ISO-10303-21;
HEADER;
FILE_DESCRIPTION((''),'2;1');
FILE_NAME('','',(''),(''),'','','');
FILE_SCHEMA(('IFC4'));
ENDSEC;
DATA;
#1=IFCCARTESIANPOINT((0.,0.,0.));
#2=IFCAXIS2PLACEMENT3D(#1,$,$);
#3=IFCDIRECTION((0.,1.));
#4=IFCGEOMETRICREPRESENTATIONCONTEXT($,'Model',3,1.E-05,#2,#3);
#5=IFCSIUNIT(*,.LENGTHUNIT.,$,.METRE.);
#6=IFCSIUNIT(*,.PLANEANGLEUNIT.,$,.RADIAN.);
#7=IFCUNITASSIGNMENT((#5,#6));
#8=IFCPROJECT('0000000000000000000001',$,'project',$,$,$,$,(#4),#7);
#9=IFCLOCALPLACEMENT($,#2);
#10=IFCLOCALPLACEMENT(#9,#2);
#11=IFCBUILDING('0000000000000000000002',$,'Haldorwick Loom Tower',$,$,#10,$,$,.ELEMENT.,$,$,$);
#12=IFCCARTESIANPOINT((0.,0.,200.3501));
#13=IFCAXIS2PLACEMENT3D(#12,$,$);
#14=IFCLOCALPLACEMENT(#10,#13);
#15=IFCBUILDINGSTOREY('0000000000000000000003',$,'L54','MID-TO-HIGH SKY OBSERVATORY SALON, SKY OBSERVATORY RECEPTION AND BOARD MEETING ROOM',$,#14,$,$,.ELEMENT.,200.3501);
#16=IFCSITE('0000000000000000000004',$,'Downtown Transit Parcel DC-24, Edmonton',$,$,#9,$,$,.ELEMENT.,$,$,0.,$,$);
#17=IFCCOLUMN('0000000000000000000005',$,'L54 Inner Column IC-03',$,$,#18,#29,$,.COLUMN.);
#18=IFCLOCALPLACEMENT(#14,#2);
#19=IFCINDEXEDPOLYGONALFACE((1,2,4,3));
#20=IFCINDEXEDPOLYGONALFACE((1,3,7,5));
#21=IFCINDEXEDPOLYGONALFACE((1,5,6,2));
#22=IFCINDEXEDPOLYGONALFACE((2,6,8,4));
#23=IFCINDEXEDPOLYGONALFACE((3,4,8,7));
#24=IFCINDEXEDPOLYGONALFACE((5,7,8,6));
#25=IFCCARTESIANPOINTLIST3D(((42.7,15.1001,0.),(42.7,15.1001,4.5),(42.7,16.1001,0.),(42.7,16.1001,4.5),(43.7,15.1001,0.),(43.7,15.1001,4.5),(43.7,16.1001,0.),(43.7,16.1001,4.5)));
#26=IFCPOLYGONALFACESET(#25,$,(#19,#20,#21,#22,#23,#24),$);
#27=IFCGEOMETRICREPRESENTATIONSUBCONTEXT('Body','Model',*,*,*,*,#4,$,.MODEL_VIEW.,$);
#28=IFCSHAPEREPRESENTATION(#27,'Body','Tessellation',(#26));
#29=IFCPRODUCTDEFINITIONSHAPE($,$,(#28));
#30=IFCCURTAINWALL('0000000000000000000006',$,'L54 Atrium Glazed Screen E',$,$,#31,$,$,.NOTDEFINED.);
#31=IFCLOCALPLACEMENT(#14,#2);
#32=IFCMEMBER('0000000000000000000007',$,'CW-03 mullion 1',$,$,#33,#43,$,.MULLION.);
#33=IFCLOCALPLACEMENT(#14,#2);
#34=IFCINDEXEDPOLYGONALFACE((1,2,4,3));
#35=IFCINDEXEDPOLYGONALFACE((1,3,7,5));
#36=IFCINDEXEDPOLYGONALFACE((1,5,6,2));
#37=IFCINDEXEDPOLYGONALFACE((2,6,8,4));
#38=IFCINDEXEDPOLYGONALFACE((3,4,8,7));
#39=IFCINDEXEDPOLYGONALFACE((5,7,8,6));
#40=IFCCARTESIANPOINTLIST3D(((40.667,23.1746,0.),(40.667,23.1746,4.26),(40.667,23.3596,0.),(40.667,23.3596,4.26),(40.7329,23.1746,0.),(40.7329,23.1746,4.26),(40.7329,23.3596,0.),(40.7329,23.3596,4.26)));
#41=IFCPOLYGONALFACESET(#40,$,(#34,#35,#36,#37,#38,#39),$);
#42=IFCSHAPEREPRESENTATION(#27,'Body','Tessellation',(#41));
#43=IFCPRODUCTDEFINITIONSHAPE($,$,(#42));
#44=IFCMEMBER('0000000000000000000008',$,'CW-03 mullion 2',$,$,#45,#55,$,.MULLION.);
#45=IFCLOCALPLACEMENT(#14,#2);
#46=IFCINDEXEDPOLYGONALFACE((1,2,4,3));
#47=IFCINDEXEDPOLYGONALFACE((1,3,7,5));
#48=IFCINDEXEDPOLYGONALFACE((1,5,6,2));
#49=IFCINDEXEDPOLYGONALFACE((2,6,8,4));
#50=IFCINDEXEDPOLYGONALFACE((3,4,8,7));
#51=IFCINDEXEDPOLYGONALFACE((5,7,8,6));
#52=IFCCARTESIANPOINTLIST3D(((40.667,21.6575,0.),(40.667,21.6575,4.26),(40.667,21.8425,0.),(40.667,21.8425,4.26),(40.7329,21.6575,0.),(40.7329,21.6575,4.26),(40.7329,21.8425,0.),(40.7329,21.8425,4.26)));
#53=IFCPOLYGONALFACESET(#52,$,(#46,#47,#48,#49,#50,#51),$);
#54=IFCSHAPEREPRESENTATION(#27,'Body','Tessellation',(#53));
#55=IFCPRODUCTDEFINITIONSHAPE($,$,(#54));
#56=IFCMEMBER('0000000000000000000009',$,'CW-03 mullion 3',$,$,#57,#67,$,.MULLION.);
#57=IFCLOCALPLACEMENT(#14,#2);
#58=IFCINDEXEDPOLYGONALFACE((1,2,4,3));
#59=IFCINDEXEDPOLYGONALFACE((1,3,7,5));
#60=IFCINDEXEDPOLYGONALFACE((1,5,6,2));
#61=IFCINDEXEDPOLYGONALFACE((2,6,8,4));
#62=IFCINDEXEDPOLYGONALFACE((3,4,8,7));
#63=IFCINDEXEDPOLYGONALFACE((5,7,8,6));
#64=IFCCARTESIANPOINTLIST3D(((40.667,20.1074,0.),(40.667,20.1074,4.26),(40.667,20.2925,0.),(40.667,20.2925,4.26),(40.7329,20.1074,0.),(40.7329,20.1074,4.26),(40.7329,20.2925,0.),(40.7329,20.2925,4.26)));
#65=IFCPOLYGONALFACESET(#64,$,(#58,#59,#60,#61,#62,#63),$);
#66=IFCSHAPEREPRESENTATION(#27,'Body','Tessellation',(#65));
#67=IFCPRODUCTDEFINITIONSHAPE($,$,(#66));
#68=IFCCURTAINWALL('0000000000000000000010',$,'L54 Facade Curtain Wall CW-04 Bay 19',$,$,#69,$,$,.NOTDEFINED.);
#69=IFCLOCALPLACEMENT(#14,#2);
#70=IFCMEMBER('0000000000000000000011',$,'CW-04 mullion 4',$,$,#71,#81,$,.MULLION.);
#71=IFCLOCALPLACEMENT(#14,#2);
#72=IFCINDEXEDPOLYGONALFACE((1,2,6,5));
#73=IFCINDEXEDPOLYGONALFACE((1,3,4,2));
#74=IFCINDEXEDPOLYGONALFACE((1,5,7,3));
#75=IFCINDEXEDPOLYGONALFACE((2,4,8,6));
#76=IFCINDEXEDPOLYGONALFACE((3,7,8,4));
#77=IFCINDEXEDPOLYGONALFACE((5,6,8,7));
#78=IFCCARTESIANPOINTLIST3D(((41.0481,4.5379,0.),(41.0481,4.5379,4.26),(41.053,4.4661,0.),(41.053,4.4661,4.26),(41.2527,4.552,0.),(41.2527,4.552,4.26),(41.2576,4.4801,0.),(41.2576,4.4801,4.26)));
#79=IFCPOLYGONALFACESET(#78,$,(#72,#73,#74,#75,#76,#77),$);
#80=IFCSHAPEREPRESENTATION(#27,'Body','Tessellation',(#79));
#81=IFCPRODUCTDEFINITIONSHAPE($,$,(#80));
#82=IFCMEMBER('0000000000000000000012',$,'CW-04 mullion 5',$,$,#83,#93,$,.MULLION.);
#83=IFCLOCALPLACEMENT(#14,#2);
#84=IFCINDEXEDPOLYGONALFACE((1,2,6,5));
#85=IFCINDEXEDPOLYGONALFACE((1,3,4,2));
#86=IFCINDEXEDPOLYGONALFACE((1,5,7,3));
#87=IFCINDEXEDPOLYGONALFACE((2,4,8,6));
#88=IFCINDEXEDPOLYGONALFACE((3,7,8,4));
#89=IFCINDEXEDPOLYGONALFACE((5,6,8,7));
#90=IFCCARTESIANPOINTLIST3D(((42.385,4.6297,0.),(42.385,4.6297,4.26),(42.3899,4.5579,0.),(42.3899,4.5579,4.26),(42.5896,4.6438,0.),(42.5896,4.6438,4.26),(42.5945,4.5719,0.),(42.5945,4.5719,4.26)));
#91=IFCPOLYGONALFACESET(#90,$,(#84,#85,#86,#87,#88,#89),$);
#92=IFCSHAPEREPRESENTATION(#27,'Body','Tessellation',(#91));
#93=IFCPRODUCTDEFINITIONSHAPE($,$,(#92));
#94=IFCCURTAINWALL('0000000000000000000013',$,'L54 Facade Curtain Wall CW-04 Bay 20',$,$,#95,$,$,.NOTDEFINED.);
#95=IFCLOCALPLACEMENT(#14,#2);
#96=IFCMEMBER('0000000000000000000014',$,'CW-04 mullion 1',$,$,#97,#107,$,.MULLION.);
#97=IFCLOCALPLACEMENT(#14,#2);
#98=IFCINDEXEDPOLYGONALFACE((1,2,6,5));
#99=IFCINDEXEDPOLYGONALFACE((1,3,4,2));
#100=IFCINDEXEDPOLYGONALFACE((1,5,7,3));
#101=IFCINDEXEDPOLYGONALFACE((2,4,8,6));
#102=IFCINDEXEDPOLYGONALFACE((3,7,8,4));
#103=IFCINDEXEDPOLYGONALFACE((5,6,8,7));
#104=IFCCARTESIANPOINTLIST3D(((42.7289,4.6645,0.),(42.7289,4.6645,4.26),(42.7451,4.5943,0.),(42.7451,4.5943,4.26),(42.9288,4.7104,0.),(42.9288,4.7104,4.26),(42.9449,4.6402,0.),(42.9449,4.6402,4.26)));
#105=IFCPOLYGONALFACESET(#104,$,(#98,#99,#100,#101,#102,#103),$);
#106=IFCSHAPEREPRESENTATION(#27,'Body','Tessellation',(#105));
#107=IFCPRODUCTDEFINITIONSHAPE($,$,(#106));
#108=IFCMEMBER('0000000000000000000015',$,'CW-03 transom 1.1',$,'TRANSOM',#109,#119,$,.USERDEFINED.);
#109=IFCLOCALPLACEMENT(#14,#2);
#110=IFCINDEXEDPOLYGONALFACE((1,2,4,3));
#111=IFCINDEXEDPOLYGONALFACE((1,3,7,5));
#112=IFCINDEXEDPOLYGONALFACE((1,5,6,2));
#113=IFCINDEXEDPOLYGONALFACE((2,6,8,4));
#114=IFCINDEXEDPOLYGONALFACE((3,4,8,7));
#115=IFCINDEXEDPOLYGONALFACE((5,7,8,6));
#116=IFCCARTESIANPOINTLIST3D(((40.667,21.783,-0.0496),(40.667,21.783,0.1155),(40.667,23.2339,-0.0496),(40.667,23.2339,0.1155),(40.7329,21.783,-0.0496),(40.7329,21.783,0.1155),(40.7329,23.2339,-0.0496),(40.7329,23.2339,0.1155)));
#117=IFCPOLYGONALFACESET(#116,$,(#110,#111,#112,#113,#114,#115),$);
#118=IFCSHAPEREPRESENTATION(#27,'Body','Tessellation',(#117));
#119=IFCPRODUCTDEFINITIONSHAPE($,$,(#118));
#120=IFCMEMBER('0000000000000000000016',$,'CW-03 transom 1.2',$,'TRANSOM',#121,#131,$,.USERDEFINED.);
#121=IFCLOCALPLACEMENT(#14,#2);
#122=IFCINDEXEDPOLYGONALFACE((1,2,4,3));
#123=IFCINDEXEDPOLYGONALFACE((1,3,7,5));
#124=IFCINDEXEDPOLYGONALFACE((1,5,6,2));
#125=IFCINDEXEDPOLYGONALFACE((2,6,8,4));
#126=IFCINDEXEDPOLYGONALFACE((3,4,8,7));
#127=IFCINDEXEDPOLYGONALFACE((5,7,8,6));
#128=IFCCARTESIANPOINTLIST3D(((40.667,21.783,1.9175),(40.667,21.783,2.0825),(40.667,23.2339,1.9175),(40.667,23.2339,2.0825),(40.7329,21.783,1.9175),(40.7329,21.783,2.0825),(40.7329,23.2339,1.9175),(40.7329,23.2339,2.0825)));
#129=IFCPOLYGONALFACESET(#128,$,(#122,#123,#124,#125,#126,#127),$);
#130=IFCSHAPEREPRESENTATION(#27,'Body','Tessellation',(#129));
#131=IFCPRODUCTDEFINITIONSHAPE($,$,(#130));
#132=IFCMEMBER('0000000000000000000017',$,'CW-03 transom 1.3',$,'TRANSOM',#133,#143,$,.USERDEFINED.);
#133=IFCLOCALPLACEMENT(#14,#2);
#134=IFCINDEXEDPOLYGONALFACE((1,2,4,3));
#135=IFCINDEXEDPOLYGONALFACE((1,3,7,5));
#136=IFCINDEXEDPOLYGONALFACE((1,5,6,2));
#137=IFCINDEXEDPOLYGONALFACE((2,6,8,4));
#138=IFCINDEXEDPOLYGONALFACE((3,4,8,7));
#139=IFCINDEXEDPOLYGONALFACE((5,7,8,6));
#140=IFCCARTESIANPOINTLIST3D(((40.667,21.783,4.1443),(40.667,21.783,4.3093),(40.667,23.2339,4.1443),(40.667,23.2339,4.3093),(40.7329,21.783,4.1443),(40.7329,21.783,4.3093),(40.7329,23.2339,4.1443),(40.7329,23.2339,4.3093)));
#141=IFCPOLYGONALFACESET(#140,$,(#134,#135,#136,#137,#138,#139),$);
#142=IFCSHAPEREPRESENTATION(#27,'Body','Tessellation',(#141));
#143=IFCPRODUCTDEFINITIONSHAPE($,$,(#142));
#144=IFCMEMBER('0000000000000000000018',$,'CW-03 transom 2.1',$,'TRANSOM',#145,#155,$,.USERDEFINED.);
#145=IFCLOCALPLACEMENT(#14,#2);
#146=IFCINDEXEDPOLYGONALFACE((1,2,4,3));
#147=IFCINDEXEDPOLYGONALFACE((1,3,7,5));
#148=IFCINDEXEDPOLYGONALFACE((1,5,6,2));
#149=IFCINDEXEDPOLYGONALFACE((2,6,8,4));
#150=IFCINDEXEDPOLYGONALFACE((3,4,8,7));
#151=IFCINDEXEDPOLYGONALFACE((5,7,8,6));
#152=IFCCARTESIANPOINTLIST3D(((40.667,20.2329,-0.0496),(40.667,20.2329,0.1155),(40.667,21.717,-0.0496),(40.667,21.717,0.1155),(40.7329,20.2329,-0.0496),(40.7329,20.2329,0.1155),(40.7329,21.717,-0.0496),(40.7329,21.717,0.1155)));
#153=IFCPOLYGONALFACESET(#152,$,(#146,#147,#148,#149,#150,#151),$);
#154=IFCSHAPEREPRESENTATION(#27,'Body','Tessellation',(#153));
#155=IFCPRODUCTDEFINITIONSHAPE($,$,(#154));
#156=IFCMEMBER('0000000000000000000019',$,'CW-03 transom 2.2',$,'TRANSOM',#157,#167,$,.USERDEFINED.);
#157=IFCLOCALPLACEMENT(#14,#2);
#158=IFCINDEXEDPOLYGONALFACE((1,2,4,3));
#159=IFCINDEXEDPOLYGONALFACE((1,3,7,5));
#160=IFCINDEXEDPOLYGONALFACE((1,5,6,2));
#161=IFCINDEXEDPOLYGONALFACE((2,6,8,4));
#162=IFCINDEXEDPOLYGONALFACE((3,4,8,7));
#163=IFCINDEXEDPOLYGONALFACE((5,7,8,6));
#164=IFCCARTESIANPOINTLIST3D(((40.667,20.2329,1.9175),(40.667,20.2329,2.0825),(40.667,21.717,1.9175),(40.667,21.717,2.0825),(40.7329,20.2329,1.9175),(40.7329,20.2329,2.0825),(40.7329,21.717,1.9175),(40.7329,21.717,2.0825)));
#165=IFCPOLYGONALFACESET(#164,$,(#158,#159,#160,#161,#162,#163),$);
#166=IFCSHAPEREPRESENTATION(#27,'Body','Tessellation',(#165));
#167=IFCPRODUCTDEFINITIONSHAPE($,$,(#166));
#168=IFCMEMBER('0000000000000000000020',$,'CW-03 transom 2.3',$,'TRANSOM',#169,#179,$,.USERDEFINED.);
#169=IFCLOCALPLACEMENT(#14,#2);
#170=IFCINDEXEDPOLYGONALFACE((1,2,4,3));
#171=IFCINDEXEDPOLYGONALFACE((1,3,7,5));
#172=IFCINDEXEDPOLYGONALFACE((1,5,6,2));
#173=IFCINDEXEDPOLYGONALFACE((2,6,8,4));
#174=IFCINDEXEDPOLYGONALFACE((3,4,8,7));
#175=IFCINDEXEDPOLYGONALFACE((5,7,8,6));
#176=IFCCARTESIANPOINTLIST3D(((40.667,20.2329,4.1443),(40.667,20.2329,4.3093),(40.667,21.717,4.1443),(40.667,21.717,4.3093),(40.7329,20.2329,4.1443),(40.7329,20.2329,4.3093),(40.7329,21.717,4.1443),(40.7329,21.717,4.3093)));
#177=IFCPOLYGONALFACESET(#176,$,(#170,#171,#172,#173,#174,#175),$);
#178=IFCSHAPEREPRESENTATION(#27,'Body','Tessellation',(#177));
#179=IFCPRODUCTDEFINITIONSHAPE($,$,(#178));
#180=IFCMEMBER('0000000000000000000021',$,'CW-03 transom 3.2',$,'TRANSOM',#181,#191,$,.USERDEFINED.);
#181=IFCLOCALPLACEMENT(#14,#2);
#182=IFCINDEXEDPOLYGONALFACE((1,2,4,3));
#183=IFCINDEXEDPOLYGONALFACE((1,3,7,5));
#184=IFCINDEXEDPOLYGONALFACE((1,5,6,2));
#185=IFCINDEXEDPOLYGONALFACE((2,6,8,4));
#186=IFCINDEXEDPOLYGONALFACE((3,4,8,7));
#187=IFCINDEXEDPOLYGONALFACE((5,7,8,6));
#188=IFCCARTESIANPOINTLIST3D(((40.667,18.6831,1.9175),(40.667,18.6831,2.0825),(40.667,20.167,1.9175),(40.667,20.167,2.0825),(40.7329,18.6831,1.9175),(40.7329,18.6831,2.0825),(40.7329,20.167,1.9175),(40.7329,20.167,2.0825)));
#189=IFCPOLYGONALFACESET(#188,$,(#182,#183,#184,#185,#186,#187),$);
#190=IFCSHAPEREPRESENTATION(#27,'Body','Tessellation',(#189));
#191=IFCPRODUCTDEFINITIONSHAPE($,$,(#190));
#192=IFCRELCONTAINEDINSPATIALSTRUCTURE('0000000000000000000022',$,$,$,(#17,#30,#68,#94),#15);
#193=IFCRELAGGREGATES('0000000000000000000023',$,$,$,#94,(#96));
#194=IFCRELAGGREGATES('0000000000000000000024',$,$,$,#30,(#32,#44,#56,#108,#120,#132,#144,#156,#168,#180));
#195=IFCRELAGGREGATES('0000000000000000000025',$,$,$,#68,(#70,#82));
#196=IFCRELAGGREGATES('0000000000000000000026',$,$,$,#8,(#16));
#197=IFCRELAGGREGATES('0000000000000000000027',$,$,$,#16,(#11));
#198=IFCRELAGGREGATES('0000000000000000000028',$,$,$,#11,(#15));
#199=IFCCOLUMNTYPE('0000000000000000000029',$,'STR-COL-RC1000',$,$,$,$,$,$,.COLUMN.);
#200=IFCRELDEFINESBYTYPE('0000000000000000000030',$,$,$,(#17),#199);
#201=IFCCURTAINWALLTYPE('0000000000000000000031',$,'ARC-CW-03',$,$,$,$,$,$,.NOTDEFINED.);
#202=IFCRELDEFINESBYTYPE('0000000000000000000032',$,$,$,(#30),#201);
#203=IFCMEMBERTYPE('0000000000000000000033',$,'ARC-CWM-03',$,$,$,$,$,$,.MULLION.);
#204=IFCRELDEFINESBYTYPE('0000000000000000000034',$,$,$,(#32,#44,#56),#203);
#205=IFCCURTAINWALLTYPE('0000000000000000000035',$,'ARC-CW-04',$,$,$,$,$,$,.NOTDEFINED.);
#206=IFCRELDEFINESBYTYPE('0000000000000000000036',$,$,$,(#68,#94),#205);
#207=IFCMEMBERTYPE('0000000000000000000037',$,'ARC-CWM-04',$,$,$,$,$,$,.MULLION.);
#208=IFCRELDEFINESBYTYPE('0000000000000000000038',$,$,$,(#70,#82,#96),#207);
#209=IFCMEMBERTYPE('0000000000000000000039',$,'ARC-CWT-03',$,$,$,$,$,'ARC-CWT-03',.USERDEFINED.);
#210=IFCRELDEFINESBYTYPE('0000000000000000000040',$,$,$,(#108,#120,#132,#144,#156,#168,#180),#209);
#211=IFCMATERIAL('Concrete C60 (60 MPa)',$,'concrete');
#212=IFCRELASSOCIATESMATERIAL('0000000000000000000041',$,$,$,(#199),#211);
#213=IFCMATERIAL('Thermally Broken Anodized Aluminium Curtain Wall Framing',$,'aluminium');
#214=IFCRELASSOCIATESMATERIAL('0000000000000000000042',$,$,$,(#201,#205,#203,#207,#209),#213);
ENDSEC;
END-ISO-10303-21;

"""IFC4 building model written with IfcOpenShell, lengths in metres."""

from ifc_helpers import new_model, si_unit, direction, frame, origin, origin_2d, place, context, subcontext, project, spatial, rectangle, extrude, material, material_profile, profile_set, type_object, element, aggregate, save


model = new_model("IFC4")

# Units and contexts
model_context = context("Model", 3, precision=1e-05, world=origin(), true_north=direction((0.0, 1.0)))
body_context = subcontext(model_context, "Body", "Model", "MODEL_VIEW")
ifc_project = project(units=[si_unit("LENGTHUNIT", "METRE"), si_unit("PLANEANGLEUNIT", "RADIAN")], contexts=[model_context])

# Site, building, storey
site_placement = place(None, origin())
site = spatial("IfcSite", under=ifc_project, at=site_placement, Name="Downtown Transit Parcel DC-24, Edmonton", CompositionType="ELEMENT", RefElevation=0.0)
building_placement = place(site_placement, origin())
building = spatial("IfcBuilding", under=site, at=building_placement, Name="Haldorwick Loom Tower", CompositionType="ELEMENT")
storey_placement = place(building_placement, frame((0.0, 0.0, 200.3501)))
storey = spatial("IfcBuildingStorey", under=building, at=storey_placement, Name="L54", Description="MID-TO-HIGH SKY OBSERVATORY SALON, SKY OBSERVATORY RECEPTION AND BOARD MEETING ROOM", CompositionType="ELEMENT", Elevation=200.3501)

# Column
ifc_material_1 = material(Name="Concrete C60 (60 MPa)", Category="concrete")
ifc_material_profile_1 = material_profile(ifc_material_1, rectangle(XDim=1.0, YDim=1.0, at=origin_2d()), Name="RC1000X1000", Category="concrete")
ifc_profile_set_1 = profile_set([ifc_material_profile_1], Name="Concrete C60 (60 MPa)")
column_type = type_object("IfcColumnType", Name="STR-COL-RC1000", PredefinedType="COLUMN", material=ifc_profile_set_1)
column_placement = place(storey_placement, frame((43.2, 15.6001, 0.0), z_axis=(0.0, 0.0, 1.0), x_axis=(1.0, 0.0, 0.0)))
element("IfcColumn", 1, at=column_placement, inside=storey, type_object=column_type, Name="L54 Inner Column IC-03", PredefinedType="COLUMN", context=body_context, shape_type="SweptSolid", body=[
    extrude(rectangle(XDim=1.0, YDim=1.0, at=origin_2d()), origin(), (0.0, 0.0, 1.0), 4.5),
])

# Curtain walls, members
ifc_material_2 = material(Name="Thermally Broken Anodized Aluminium Curtain Wall Framing", Category="aluminium")
curtain_wall_type_1 = type_object("IfcCurtainWallType", Name="ARC-CW-03", PredefinedType="NOTDEFINED", material=ifc_material_2)
curtain_wall_1_placement = place(storey_placement, origin())
curtain_wall_1 = element("IfcCurtainWall", 2, at=curtain_wall_1_placement, inside=storey, type_object=curtain_wall_type_1, Name="L54 Atrium Glazed Screen E", PredefinedType="NOTDEFINED")
ifc_material_profile_2 = material_profile(ifc_material_2, rectangle(XDim=0.0659, YDim=0.1851, at=origin_2d()), Name="ALU_MUL_66X185", Category="aluminium")
ifc_profile_set_2 = profile_set([ifc_material_profile_2], Name="Thermally Broken Anodized Aluminium Curtain Wall Framing")
member_type_1 = type_object("IfcMemberType", Name="ARC-CWM-03", PredefinedType="MULLION", material=ifc_profile_set_2)
member_1_placement = place(storey_placement, frame((40.7, 23.2671, 0.0), z_axis=(0.0, 0.0, 1.0), x_axis=(1.0, 0.0, 0.0)))
member_1 = element("IfcMember", 3, at=member_1_placement, type_object=member_type_1, Name="CW-03 mullion 1", PredefinedType="MULLION", context=body_context, shape_type="SweptSolid", body=[
    extrude(rectangle(XDim=0.0659, YDim=0.1851, at=origin_2d()), origin(), (0.0, 0.0, 1.0), 4.26),
])
member_2_placement = place(storey_placement, frame((40.7, 21.75, 0.0), z_axis=(0.0, 0.0, 1.0), x_axis=(1.0, 0.0, 0.0)))
member_2 = element("IfcMember", 4, at=member_2_placement, type_object=member_type_1, Name="CW-03 mullion 2", PredefinedType="MULLION", context=body_context, shape_type="SweptSolid", body=[
    extrude(rectangle(XDim=0.0659, YDim=0.1851, at=origin_2d()), origin(), (0.0, 0.0, 1.0), 4.26),
])
member_3_placement = place(storey_placement, frame((40.7, 20.2, 0.0), z_axis=(0.0, 0.0, 1.0), x_axis=(1.0, 0.0, 0.0)))
member_3 = element("IfcMember", 5, at=member_3_placement, type_object=member_type_1, Name="CW-03 mullion 3", PredefinedType="MULLION", context=body_context, shape_type="SweptSolid", body=[
    extrude(rectangle(XDim=0.0659, YDim=0.1851, at=origin_2d()), origin(), (0.0, 0.0, 1.0), 4.26),
])
curtain_wall_type_2 = type_object("IfcCurtainWallType", Name="ARC-CW-04", PredefinedType="NOTDEFINED", material=ifc_material_2)
curtain_wall_2_placement = place(storey_placement, origin())
curtain_wall_2 = element("IfcCurtainWall", 6, at=curtain_wall_2_placement, inside=storey, type_object=curtain_wall_type_2, Name="L54 Facade Curtain Wall CW-04 Bay 19", PredefinedType="NOTDEFINED")
ifc_material_profile_3 = material_profile(ifc_material_2, rectangle(XDim=0.072, YDim=0.2051, at=origin_2d()), Name="ALU_MUL_72X205", Category="aluminium")
ifc_profile_set_3 = profile_set([ifc_material_profile_3], Name="Thermally Broken Anodized Aluminium Curtain Wall Framing")
member_type_2 = type_object("IfcMemberType", Name="ARC-CWM-04", PredefinedType="MULLION", material=ifc_profile_set_3)
member_4_placement = place(storey_placement, frame((41.1528, 4.509, 0.0), z_axis=(0.0, 0.0, 1.0), x_axis=(-0.068513, 0.99765, 0.0)))
member_4 = element("IfcMember", 7, at=member_4_placement, type_object=member_type_2, Name="CW-04 mullion 4", PredefinedType="MULLION", context=body_context, shape_type="SweptSolid", body=[
    extrude(rectangle(XDim=0.072, YDim=0.2051, at=origin_2d()), origin(), (0.0, 0.0, 1.0), 4.26),
])
member_5_placement = place(storey_placement, frame((42.4897, 4.6008, 0.0), z_axis=(0.0, 0.0, 1.0), x_axis=(-0.068513, 0.99765, 0.0)))
member_5 = element("IfcMember", 8, at=member_5_placement, type_object=member_type_2, Name="CW-04 mullion 5", PredefinedType="MULLION", context=body_context, shape_type="SweptSolid", body=[
    extrude(rectangle(XDim=0.072, YDim=0.2051, at=origin_2d()), origin(), (0.0, 0.0, 1.0), 4.26),
])

# Curtain wall, member
curtain_wall_3_placement = place(storey_placement, origin())
curtain_wall_3 = element("IfcCurtainWall", 9, at=curtain_wall_3_placement, inside=storey, type_object=curtain_wall_type_2, Name="L54 Facade Curtain Wall CW-04 Bay 20", PredefinedType="NOTDEFINED")
member_6_placement = place(storey_placement, frame((42.8369, 4.6523, 0.0), z_axis=(0.0, 0.0, 1.0), x_axis=(-0.224142, 0.974557, 0.0)))
member_6 = element("IfcMember", 10, at=member_6_placement, type_object=member_type_2, Name="CW-04 mullion 1", PredefinedType="MULLION", context=body_context, shape_type="SweptSolid", body=[
    extrude(rectangle(XDim=0.072, YDim=0.2051, at=origin_2d()), origin(), (0.0, 0.0, 1.0), 4.26),
])

# Members
ifc_material_profile_4 = material_profile(ifc_material_2, rectangle(XDim=0.0659, YDim=0.165, at=origin_2d()), Name="ALU_TRN_66X165", Category="aluminium")
ifc_profile_set_4 = profile_set([ifc_material_profile_4], Name="Thermally Broken Anodized Aluminium Curtain Wall Framing")
member_type_3 = type_object("IfcMemberType", Name="ARC-CWT-03", ElementType="ARC-CWT-03", PredefinedType="USERDEFINED", material=ifc_profile_set_4)
member_7_placement = place(storey_placement, frame((40.7, 23.2339, 0.033), z_axis=(0.0, -1.0, 0.0), x_axis=(1.0, 0.0, 0.0)))
member_7 = element("IfcMember", 11, at=member_7_placement, type_object=member_type_3, Name="CW-03 transom 1.1", ObjectType="TRANSOM", PredefinedType="USERDEFINED", context=body_context, shape_type="SweptSolid", body=[
    extrude(rectangle(XDim=0.0659, YDim=0.165, at=origin_2d()), origin(), (0.0, 0.0, 1.0), 1.4509),
])
member_8_placement = place(storey_placement, frame((40.7, 23.2339, 2.0), z_axis=(0.0, -1.0, 0.0), x_axis=(1.0, 0.0, 0.0)))
member_8 = element("IfcMember", 12, at=member_8_placement, type_object=member_type_3, Name="CW-03 transom 1.2", ObjectType="TRANSOM", PredefinedType="USERDEFINED", context=body_context, shape_type="SweptSolid", body=[
    extrude(rectangle(XDim=0.0659, YDim=0.165, at=origin_2d()), origin(), (0.0, 0.0, 1.0), 1.4509),
])
member_9_placement = place(storey_placement, frame((40.7, 23.2339, 4.2268), z_axis=(0.0, -1.0, 0.0), x_axis=(1.0, 0.0, 0.0)))
member_9 = element("IfcMember", 13, at=member_9_placement, type_object=member_type_3, Name="CW-03 transom 1.3", ObjectType="TRANSOM", PredefinedType="USERDEFINED", context=body_context, shape_type="SweptSolid", body=[
    extrude(rectangle(XDim=0.0659, YDim=0.165, at=origin_2d()), origin(), (0.0, 0.0, 1.0), 1.4509),
])
member_10_placement = place(storey_placement, frame((40.7, 21.717, 0.033), z_axis=(0.0, -1.0, 0.0), x_axis=(1.0, 0.0, 0.0)))
member_10 = element("IfcMember", 14, at=member_10_placement, type_object=member_type_3, Name="CW-03 transom 2.1", ObjectType="TRANSOM", PredefinedType="USERDEFINED", context=body_context, shape_type="SweptSolid", body=[
    extrude(rectangle(XDim=0.0659, YDim=0.165, at=origin_2d()), origin(), (0.0, 0.0, 1.0), 1.4841),
])
member_11_placement = place(storey_placement, frame((40.7, 21.717, 2.0), z_axis=(0.0, -1.0, 0.0), x_axis=(1.0, 0.0, 0.0)))
member_11 = element("IfcMember", 15, at=member_11_placement, type_object=member_type_3, Name="CW-03 transom 2.2", ObjectType="TRANSOM", PredefinedType="USERDEFINED", context=body_context, shape_type="SweptSolid", body=[
    extrude(rectangle(XDim=0.0659, YDim=0.165, at=origin_2d()), origin(), (0.0, 0.0, 1.0), 1.4841),
])
member_12_placement = place(storey_placement, frame((40.7, 21.717, 4.2268), z_axis=(0.0, -1.0, 0.0), x_axis=(1.0, 0.0, 0.0)))
member_12 = element("IfcMember", 16, at=member_12_placement, type_object=member_type_3, Name="CW-03 transom 2.3", ObjectType="TRANSOM", PredefinedType="USERDEFINED", context=body_context, shape_type="SweptSolid", body=[
    extrude(rectangle(XDim=0.0659, YDim=0.165, at=origin_2d()), origin(), (0.0, 0.0, 1.0), 1.4841),
])
member_13_placement = place(storey_placement, frame((40.7, 20.167, 2.0), z_axis=(0.0, -1.0, 0.0), x_axis=(1.0, 0.0, 0.0)))
member_13 = element("IfcMember", 17, at=member_13_placement, type_object=member_type_3, Name="CW-03 transom 3.2", ObjectType="TRANSOM", PredefinedType="USERDEFINED", context=body_context, shape_type="SweptSolid", body=[
    extrude(rectangle(XDim=0.0659, YDim=0.165, at=origin_2d()), origin(), (0.0, 0.0, 1.0), 1.4839),
])
aggregate(curtain_wall_3, [member_6])

aggregate(curtain_wall_1, [member_1, member_2, member_3, member_7, member_8, member_9, member_10, member_11, member_12, member_13])
aggregate(curtain_wall_2, [member_4, member_5])

save(model, "model.ifc")
